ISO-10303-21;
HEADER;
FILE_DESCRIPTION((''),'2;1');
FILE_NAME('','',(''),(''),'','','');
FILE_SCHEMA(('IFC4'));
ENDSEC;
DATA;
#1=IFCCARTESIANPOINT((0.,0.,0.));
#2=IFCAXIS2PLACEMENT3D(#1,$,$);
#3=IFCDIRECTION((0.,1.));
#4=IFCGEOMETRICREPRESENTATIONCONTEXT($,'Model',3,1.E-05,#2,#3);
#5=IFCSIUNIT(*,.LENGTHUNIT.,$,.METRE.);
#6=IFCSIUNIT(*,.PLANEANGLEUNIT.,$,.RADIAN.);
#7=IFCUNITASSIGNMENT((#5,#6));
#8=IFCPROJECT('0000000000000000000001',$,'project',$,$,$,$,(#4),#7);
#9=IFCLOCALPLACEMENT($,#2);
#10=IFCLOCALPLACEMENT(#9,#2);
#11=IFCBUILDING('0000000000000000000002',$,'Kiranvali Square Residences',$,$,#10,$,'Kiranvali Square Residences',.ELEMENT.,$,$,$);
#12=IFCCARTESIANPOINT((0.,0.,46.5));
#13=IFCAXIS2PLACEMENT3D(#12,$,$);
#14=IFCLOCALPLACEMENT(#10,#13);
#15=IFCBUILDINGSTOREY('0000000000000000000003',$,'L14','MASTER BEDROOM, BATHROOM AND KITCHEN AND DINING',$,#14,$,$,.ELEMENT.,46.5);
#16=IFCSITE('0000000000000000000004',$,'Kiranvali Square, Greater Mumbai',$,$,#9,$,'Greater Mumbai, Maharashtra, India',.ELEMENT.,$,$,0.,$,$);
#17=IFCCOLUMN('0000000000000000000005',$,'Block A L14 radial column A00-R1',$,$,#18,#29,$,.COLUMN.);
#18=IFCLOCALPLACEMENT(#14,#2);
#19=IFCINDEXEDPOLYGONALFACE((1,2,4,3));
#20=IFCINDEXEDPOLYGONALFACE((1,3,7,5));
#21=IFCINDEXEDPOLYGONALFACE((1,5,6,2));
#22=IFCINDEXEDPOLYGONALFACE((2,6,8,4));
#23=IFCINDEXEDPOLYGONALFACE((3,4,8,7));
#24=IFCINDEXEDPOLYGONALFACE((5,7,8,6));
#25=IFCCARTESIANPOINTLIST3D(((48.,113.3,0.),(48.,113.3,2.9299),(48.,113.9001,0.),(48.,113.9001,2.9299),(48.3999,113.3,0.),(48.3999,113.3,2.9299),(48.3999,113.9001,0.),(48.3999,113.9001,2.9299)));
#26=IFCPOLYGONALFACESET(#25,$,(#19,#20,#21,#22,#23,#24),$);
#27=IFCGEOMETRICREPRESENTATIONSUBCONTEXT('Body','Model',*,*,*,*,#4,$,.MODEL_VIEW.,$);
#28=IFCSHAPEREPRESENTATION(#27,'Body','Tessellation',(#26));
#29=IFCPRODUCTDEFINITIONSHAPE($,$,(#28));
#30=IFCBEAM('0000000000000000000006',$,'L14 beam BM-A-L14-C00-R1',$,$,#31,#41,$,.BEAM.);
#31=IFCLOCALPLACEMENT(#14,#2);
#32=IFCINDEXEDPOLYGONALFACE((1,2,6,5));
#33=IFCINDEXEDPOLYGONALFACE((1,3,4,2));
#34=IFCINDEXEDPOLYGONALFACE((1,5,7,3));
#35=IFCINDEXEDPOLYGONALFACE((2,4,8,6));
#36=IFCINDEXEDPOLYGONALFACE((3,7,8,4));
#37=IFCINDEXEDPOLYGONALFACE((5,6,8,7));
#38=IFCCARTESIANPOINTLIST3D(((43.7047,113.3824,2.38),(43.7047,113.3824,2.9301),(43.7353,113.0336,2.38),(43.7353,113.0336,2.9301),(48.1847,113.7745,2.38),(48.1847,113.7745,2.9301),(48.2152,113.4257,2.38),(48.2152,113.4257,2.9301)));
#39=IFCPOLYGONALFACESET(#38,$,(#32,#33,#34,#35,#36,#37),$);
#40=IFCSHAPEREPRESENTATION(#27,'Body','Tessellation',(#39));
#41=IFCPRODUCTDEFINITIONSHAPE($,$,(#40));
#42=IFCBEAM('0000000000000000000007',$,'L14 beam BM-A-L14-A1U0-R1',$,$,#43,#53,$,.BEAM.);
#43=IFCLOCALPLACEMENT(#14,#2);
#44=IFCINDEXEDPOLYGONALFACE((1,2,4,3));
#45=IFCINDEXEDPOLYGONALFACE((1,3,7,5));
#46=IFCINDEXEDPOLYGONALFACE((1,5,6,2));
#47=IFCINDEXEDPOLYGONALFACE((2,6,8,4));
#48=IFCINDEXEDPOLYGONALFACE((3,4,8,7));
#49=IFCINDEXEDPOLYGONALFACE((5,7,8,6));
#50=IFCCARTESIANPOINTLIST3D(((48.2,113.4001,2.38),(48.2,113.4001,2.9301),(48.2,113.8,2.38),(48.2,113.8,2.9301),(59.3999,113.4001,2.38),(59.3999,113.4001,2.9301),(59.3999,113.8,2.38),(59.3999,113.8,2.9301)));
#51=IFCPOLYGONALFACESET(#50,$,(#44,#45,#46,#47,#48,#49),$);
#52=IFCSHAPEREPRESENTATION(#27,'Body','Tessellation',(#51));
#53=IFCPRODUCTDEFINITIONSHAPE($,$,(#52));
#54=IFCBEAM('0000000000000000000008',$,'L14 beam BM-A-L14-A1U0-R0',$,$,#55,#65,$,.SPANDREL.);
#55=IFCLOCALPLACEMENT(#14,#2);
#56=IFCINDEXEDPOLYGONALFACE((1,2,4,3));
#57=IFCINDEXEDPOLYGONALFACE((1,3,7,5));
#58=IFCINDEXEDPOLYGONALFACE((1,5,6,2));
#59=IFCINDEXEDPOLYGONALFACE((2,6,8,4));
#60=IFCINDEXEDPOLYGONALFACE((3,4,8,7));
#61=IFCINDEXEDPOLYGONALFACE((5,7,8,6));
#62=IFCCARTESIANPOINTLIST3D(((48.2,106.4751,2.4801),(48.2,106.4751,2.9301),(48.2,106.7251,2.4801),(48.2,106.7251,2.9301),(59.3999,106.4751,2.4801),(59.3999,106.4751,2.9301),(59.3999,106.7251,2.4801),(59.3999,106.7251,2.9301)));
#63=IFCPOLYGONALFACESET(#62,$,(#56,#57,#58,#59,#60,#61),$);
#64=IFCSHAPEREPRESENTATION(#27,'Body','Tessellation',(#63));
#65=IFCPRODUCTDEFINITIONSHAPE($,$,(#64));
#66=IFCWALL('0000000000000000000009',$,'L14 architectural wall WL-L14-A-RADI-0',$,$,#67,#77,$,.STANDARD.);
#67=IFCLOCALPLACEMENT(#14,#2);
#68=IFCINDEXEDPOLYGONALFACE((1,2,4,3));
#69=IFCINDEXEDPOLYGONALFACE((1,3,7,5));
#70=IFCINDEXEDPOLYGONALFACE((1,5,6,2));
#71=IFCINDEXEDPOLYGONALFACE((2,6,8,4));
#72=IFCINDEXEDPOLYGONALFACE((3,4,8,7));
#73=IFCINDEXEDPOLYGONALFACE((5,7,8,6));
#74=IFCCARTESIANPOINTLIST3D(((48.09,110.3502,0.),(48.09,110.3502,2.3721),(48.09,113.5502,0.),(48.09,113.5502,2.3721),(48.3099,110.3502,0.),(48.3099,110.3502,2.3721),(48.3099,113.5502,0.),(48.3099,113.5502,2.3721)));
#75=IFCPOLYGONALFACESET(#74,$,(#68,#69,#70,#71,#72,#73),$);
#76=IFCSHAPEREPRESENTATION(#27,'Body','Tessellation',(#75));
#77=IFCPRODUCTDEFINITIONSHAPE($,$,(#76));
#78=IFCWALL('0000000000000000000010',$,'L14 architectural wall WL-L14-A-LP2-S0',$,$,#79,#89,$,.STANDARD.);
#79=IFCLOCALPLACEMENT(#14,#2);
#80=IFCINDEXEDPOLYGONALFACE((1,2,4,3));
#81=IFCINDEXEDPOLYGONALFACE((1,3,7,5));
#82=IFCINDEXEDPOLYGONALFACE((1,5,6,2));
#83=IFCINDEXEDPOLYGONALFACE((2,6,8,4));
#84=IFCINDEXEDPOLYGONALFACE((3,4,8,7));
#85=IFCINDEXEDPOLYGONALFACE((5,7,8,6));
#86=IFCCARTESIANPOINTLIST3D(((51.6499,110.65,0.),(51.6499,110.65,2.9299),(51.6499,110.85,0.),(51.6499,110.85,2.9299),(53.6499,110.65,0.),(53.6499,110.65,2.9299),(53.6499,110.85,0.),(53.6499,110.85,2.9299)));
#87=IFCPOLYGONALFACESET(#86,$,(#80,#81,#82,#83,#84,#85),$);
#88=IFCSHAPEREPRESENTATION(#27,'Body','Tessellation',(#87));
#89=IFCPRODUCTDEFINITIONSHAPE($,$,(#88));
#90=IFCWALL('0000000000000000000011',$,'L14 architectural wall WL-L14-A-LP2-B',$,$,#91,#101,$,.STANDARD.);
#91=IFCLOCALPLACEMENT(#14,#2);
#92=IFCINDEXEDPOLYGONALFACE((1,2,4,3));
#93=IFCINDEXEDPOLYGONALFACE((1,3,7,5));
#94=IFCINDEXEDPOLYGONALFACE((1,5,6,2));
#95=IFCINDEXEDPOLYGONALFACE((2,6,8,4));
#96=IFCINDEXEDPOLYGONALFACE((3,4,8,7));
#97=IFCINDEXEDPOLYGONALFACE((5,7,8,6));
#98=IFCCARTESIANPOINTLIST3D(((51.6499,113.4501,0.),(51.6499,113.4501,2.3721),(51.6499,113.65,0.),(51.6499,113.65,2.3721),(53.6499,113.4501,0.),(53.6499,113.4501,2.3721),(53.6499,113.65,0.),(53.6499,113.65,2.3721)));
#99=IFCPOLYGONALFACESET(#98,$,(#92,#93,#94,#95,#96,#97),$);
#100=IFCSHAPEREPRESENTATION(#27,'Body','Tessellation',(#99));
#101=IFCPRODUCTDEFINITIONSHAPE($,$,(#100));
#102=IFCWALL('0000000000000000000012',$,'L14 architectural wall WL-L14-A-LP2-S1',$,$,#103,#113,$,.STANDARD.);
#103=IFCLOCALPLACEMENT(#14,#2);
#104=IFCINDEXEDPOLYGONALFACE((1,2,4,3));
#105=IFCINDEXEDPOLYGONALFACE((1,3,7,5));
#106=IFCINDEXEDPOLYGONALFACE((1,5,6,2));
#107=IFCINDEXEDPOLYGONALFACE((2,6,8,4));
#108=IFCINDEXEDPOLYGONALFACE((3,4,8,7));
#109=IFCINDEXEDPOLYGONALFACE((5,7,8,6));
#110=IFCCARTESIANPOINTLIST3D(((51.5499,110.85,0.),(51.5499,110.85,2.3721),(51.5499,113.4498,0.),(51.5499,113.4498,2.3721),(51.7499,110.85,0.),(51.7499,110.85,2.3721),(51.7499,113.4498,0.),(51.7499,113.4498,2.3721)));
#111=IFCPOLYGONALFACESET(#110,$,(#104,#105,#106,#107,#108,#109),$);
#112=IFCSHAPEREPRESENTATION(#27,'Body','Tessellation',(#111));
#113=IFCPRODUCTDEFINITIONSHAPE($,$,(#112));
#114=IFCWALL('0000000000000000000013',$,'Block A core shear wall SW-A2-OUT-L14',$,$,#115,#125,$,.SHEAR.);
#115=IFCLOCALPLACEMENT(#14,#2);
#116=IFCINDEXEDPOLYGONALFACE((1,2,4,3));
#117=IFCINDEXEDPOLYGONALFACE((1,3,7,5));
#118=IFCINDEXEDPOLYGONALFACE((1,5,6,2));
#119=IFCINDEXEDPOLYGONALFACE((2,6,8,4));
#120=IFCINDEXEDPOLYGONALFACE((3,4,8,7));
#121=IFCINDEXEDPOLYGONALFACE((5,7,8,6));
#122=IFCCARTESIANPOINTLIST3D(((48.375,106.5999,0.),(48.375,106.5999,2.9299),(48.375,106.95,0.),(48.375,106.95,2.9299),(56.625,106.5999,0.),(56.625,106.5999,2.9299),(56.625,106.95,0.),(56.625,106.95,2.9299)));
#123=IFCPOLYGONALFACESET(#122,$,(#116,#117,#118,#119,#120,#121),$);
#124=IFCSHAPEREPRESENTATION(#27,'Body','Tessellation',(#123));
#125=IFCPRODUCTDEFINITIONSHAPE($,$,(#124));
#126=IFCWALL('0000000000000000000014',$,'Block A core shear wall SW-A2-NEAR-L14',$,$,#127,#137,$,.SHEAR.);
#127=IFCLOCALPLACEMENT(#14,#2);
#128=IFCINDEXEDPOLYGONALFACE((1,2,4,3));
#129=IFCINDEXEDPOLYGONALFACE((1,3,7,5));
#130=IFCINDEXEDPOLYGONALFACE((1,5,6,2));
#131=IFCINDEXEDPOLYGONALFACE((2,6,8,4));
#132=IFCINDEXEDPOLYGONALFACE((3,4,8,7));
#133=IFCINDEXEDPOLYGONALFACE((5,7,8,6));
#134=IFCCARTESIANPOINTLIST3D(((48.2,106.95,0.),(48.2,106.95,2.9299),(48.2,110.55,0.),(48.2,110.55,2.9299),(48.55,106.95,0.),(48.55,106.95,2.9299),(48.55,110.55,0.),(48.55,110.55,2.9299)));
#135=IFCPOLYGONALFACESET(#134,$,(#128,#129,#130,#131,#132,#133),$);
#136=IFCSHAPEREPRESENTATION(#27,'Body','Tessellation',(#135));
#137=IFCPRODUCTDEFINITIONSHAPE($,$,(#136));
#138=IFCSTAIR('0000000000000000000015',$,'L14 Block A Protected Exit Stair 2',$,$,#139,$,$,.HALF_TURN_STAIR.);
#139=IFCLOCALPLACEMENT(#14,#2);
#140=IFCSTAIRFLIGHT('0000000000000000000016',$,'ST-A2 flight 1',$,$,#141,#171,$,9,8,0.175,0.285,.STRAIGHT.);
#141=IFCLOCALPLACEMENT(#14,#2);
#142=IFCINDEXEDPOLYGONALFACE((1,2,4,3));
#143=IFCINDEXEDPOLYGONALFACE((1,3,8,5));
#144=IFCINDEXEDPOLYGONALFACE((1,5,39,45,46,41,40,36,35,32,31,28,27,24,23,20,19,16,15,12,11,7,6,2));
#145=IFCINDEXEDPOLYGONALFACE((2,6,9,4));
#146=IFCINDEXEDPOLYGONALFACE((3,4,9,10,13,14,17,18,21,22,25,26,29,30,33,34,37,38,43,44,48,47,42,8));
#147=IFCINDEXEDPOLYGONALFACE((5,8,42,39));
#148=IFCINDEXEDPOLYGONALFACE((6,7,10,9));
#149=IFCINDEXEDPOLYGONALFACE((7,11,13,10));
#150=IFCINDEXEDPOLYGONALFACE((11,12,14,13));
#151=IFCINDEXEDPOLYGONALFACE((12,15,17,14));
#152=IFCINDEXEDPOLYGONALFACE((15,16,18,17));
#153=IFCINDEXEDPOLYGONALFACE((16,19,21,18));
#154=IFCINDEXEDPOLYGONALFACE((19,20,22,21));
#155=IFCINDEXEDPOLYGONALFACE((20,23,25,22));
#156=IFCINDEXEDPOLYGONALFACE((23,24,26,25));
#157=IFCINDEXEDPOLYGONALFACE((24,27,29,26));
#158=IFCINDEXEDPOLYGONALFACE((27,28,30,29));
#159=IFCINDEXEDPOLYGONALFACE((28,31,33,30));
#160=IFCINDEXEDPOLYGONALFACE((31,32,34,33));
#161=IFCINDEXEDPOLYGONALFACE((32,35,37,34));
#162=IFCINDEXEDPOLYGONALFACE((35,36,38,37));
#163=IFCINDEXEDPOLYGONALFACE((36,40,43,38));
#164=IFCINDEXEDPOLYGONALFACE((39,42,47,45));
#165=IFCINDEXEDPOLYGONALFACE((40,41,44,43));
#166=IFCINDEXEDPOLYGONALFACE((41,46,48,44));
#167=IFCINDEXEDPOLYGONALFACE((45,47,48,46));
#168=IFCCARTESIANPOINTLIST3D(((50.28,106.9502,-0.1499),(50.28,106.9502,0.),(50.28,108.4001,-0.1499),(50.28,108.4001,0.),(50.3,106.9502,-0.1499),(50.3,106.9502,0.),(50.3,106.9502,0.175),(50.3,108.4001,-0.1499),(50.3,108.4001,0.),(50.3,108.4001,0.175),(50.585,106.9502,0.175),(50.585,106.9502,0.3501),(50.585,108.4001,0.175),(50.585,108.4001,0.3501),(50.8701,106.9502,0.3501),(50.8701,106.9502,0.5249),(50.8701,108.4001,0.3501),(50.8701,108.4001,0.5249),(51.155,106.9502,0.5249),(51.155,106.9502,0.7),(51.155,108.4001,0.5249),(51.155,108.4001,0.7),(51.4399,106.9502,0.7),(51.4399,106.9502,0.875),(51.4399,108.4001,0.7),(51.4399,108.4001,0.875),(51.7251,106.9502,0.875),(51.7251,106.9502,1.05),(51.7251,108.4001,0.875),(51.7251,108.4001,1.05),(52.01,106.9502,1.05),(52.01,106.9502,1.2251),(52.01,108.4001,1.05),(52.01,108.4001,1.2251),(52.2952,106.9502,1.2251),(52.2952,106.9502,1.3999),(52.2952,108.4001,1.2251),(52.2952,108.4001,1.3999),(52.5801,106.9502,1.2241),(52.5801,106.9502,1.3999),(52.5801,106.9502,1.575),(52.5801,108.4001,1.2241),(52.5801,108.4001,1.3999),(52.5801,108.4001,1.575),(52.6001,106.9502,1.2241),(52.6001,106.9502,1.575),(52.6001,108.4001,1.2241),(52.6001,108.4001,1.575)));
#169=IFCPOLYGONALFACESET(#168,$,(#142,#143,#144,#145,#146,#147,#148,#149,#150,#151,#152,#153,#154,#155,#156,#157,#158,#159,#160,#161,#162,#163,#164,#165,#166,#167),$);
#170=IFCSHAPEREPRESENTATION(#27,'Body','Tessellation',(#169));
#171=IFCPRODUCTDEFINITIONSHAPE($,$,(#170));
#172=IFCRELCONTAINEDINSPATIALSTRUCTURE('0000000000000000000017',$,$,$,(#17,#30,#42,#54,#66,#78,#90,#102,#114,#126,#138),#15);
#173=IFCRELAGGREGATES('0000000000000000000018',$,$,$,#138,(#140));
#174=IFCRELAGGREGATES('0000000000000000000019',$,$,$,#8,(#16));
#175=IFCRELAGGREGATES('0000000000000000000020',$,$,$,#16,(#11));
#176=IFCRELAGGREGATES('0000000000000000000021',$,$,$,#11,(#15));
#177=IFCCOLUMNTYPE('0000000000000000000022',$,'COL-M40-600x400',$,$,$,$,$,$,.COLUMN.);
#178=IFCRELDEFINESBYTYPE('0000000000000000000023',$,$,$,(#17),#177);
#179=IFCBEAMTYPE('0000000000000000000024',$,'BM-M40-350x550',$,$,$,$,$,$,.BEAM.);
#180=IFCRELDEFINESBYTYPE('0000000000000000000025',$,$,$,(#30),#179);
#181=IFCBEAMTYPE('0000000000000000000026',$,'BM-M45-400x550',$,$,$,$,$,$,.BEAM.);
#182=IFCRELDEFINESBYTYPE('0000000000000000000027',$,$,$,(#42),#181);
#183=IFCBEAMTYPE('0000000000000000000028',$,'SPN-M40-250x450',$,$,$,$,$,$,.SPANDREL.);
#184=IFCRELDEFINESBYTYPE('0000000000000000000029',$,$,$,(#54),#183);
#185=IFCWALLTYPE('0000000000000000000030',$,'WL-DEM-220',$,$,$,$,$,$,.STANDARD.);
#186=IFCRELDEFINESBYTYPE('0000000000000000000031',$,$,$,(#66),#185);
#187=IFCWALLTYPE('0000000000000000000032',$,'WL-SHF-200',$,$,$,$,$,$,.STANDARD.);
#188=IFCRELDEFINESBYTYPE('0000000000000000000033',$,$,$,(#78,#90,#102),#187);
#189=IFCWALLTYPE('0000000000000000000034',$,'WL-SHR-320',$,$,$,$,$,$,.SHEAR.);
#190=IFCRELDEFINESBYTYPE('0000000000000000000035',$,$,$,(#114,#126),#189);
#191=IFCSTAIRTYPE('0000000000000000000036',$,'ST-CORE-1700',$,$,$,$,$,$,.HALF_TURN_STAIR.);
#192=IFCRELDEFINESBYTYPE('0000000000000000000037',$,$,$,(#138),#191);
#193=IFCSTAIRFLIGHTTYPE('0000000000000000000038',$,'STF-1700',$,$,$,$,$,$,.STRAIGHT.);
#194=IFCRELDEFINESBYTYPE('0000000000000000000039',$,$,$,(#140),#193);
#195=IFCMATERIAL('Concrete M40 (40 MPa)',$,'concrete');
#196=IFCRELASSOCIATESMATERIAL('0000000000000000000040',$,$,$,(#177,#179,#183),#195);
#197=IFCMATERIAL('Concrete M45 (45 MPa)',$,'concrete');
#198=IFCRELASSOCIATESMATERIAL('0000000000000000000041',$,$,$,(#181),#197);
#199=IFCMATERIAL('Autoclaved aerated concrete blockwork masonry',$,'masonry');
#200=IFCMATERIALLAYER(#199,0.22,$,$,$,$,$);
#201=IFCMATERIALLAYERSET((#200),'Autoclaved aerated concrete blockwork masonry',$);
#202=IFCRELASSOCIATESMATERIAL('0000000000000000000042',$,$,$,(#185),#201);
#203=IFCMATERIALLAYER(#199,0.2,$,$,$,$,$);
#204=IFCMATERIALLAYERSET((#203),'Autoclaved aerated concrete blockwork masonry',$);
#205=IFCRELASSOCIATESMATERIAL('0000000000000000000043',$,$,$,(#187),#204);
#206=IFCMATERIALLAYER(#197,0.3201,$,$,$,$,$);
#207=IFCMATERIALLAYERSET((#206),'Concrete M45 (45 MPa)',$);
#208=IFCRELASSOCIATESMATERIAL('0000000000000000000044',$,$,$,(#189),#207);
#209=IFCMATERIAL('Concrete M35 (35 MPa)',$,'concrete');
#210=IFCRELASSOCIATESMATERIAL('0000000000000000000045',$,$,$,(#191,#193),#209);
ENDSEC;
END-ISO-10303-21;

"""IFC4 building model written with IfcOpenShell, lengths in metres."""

from ifc_helpers import new_model, si_unit, direction, frame, frame_2d, origin, origin_2d, place, context, subcontext, project, spatial, polyline, rectangle, outline, extrude, material, layer, layer_set, material_profile, profile_set, type_object, element, aggregate, save


model = new_model("IFC4")

# Units and contexts
model_context = context("Model", 3, precision=1e-05, world=origin(), true_north=direction((0.0, 1.0)))
body_context = subcontext(model_context, "Body", "Model", "MODEL_VIEW")
ifc_project = project(units=[si_unit("LENGTHUNIT", "METRE"), si_unit("PLANEANGLEUNIT", "RADIAN")], contexts=[model_context])

# Site, building, storey
site_placement = place(None, origin())
site = spatial("IfcSite", under=ifc_project, at=site_placement, Name="Kiranvali Square, Greater Mumbai", LongName="Greater Mumbai, Maharashtra, India", CompositionType="ELEMENT", RefElevation=0.0)
building_placement = place(site_placement, origin())
building = spatial("IfcBuilding", under=site, at=building_placement, Name="Kiranvali Square Residences", LongName="Kiranvali Square Residences", CompositionType="ELEMENT")
storey_placement = place(building_placement, frame((0.0, 0.0, 46.5)))
storey = spatial("IfcBuildingStorey", under=building, at=storey_placement, Name="L14", Description="MASTER BEDROOM, BATHROOM AND KITCHEN AND DINING", CompositionType="ELEMENT", Elevation=46.5)

# Column
ifc_material_1 = material(Name="Concrete M40 (40 MPa)", Category="concrete")
ifc_material_profile_1 = material_profile(ifc_material_1, rectangle(XDim=0.3999, YDim=0.6001, at=origin_2d()), Name="RC 600x400")
ifc_profile_set_1 = profile_set([ifc_material_profile_1], Name="Concrete M40 (40 MPa)")
column_type = type_object("IfcColumnType", Name="COL-M40-600x400", PredefinedType="COLUMN", material=ifc_profile_set_1)
column_placement = place(storey_placement, frame((48.2, 113.6001, 0.0), z_axis=(0.0, 0.0, 1.0), x_axis=(1.0, 0.0, 0.0)))
element("IfcColumn", 1, at=column_placement, inside=storey, type_object=column_type, Name="Block A L14 radial column A00-R1", PredefinedType="COLUMN", context=body_context, shape_type="SweptSolid", body=[
    extrude(rectangle(XDim=0.3999, YDim=0.6001, at=origin_2d()), origin(), (0.0, 0.0, 1.0), 2.9299),
])

# Beams
ifc_material_profile_2 = material_profile(ifc_material_1, rectangle(XDim=0.3501, YDim=0.55, at=origin_2d()), Name="RC 350x550")
ifc_profile_set_2 = profile_set([ifc_material_profile_2], Name="Concrete M40 (40 MPa)")
beam_type_1 = type_object("IfcBeamType", Name="BM-M40-350x550", PredefinedType="BEAM", material=ifc_profile_set_2)
beam_1_placement = place(storey_placement, frame((48.2, 113.6001, 2.655), z_axis=(-0.996192, -0.087187, 0.0), x_axis=(0.087187, -0.996192, 0.0)))
element("IfcBeam", 2, at=beam_1_placement, inside=storey, type_object=beam_type_1, Name="L14 beam BM-A-L14-C00-R1", PredefinedType="BEAM", context=body_context, shape_type="SweptSolid", body=[
    extrude(rectangle(XDim=0.3501, YDim=0.55, at=origin_2d()), origin(), (0.0, 0.0, 1.0), 4.4971),
])
ifc_material_2 = material(Name="Concrete M45 (45 MPa)", Category="concrete")
ifc_material_profile_3 = material_profile(ifc_material_2, rectangle(XDim=0.3999, YDim=0.55, at=origin_2d()), Name="RC 400x550")
ifc_profile_set_3 = profile_set([ifc_material_profile_3], Name="Concrete M45 (45 MPa)")
beam_type_2 = type_object("IfcBeamType", Name="BM-M45-400x550", PredefinedType="BEAM", material=ifc_profile_set_3)
beam_2_placement = place(storey_placement, frame((48.2, 113.6001, 2.655), z_axis=(1.0, 0.0, 0.0), x_axis=(0.0, 1.0, 0.0)))
element("IfcBeam", 3, at=beam_2_placement, inside=storey, type_object=beam_type_2, Name="L14 beam BM-A-L14-A1U0-R1", PredefinedType="BEAM", context=body_context, shape_type="SweptSolid", body=[
    extrude(rectangle(XDim=0.3999, YDim=0.55, at=origin_2d()), origin(), (0.0, 0.0, 1.0), 11.2),
])
ifc_material_profile_4 = material_profile(ifc_material_1, rectangle(XDim=0.25, YDim=0.45, at=origin_2d()), Name="RC 250x450")
ifc_profile_set_4 = profile_set([ifc_material_profile_4], Name="Concrete M40 (40 MPa)")
beam_type_3 = type_object("IfcBeamType", Name="SPN-M40-250x450", PredefinedType="SPANDREL", material=ifc_profile_set_4)
beam_3_placement = place(storey_placement, frame((48.2, 106.6001, 2.7051), z_axis=(1.0, 0.0, 0.0), x_axis=(0.0, 1.0, 0.0)))
element("IfcBeam", 4, at=beam_3_placement, inside=storey, type_object=beam_type_3, Name="L14 beam BM-A-L14-A1U0-R0", PredefinedType="SPANDREL", context=body_context, shape_type="SweptSolid", body=[
    extrude(rectangle(XDim=0.25, YDim=0.45, at=origin_2d()), origin(), (0.0, 0.0, 1.0), 11.2),
])

# Shared definitions
ifc_material_3 = material(Name="Autoclaved aerated concrete blockwork masonry", Category="masonry")

# Walls
ifc_layer_1 = layer(ifc_material_3, 0.22)
ifc_layer_set_1 = layer_set([ifc_layer_1], Name="Autoclaved aerated concrete blockwork masonry")
wall_type_1 = type_object("IfcWallType", Name="WL-DEM-220", PredefinedType="STANDARD", material=ifc_layer_set_1)
wall_1_placement = place(storey_placement, frame((48.2, 110.3501, 0.0), z_axis=(0.0, 0.0, 1.0), x_axis=(0.0, 1.0, 0.0)))
element("IfcWall", 5, at=wall_1_placement, inside=storey, type_object=wall_type_1, Name="L14 architectural wall WL-L14-A-RADI-0", PredefinedType="STANDARD", context=body_context, shape_type="SweptSolid", body=[
    extrude(rectangle(XDim=3.2, YDim=0.22, at=frame_2d((1.6001, 0.0))), origin(), (0.0, 0.0, 1.0), 2.3721),
])
ifc_layer_2 = layer(ifc_material_3, 0.2)
ifc_layer_set_2 = layer_set([ifc_layer_2], Name="Autoclaved aerated concrete blockwork masonry")
wall_type_2 = type_object("IfcWallType", Name="WL-SHF-200", PredefinedType="STANDARD", material=ifc_layer_set_2)
wall_2_placement = place(storey_placement, frame((51.6499, 110.75, 0.0), z_axis=(0.0, 0.0, 1.0), x_axis=(1.0, 0.0, 0.0)))
element("IfcWall", 6, at=wall_2_placement, inside=storey, type_object=wall_type_2, Name="L14 architectural wall WL-L14-A-LP2-S0", PredefinedType="STANDARD", context=body_context, shape_type="SweptSolid", body=[
    extrude(rectangle(XDim=2.0, YDim=0.2, at=frame_2d((1.0, 0.0))), origin(), (0.0, 0.0, 1.0), 2.9299),
])
wall_3_placement = place(storey_placement, frame((51.6499, 113.55, 0.0), z_axis=(0.0, 0.0, 1.0), x_axis=(1.0, 0.0, 0.0)))
element("IfcWall", 7, at=wall_3_placement, inside=storey, type_object=wall_type_2, Name="L14 architectural wall WL-L14-A-LP2-B", PredefinedType="STANDARD", context=body_context, shape_type="SweptSolid", body=[
    extrude(rectangle(XDim=2.0, YDim=0.2, at=frame_2d((1.0, 0.0))), origin(), (0.0, 0.0, 1.0), 2.3721),
])
wall_4_placement = place(storey_placement, frame((51.6499, 110.8501, 0.0), z_axis=(0.0, 0.0, 1.0), x_axis=(0.0, 1.0, 0.0)))
element("IfcWall", 8, at=wall_4_placement, inside=storey, type_object=wall_type_2, Name="L14 architectural wall WL-L14-A-LP2-S1", PredefinedType="STANDARD", context=body_context, shape_type="SweptSolid", body=[
    extrude(rectangle(XDim=2.5999, YDim=0.2, at=frame_2d((1.2998, 0.0))), origin(), (0.0, 0.0, 1.0), 2.3721),
])
ifc_layer_3 = layer(ifc_material_2, 0.3201)
ifc_layer_set_3 = layer_set([ifc_layer_3], Name="Concrete M45 (45 MPa)")
wall_type_3 = type_object("IfcWallType", Name="WL-SHR-320", PredefinedType="SHEAR", material=ifc_layer_set_3)
wall_5_placement = place(storey_placement, frame((48.375, 106.7749, 0.0), z_axis=(0.0, 0.0, 1.0), x_axis=(1.0, 0.0, 0.0)))
element("IfcWall", 9, at=wall_5_placement, inside=storey, type_object=wall_type_3, Name="Block A core shear wall SW-A2-OUT-L14", PredefinedType="SHEAR", context=body_context, shape_type="SweptSolid", body=[
    extrude(rectangle(XDim=8.25, YDim=0.3501, at=frame_2d((4.125, 0.0))), origin(), (0.0, 0.0, 1.0), 2.9299),
])

# Wall
wall_6_placement = place(storey_placement, frame((48.375, 106.95, 0.0), z_axis=(0.0, 0.0, 1.0), x_axis=(0.0, 1.0, 0.0)))
element("IfcWall", 10, at=wall_6_placement, inside=storey, type_object=wall_type_3, Name="Block A core shear wall SW-A2-NEAR-L14", PredefinedType="SHEAR", context=body_context, shape_type="SweptSolid", body=[
    extrude(rectangle(XDim=3.6001, YDim=0.3501, at=frame_2d((1.8, 0.0))), origin(), (0.0, 0.0, 1.0), 2.9299),
])

# Stair, stair flight
ifc_material_4 = material(Name="Concrete M35 (35 MPa)", Category="concrete")
stair_type = type_object("IfcStairType", Name="ST-CORE-1700", PredefinedType="HALF_TURN_STAIR", material=ifc_material_4)
stair_placement = place(storey_placement, origin())
stair = element("IfcStair", 11, at=stair_placement, inside=storey, type_object=stair_type, Name="L14 Block A Protected Exit Stair 2", PredefinedType="HALF_TURN_STAIR")
stair_flight_type = type_object("IfcStairFlightType", Name="STF-1700", PredefinedType="STRAIGHT", material=ifc_material_4)
stair_flight_placement = place(storey_placement, frame((50.3, 107.675, 0.0), z_axis=(0.0, 0.0, 1.0), x_axis=(1.0, 0.0, 0.0)))
stair_flight = element("IfcStairFlight", 12, at=stair_flight_placement, type_object=stair_flight_type, Name="ST-A2 flight 1", NumberOfRisers=9, NumberOfTreads=8, PredefinedType="STRAIGHT", RiserHeight=0.175, TreadLength=0.285, context=body_context, shape_type="SweptSolid", body=[
    extrude(outline(polyline([(-0.02, -0.1499), (-0.02, 0.0), (0.0, 0.0), (0.0, 0.175), (0.2849, 0.175), (0.2849, 0.3501), (0.5701, 0.3501), (0.5701, 0.5249), (0.855, 0.5249), (0.855, 0.7), (1.1399, 0.7), (1.1399, 0.875), (1.425, 0.875), (1.425, 1.05), (1.71, 1.05), (1.71, 1.2251), (1.9951, 1.2251), (1.9951, 1.3999), (2.28, 1.3999), (2.28, 1.575), (2.3, 1.575), (2.3, 1.2241), (2.28, 1.2241), (0.0, -0.1499), (-0.02, -0.1499)])), frame((0.0, 0.7251, 0.0), z_axis=(0.0, -1.0, 0.0), x_axis=(1.0, 0.0, 0.0)), (0.0, 0.0, 1.0), 1.45),
])
aggregate(stair, [stair_flight])

save(model, "model.ifc")
